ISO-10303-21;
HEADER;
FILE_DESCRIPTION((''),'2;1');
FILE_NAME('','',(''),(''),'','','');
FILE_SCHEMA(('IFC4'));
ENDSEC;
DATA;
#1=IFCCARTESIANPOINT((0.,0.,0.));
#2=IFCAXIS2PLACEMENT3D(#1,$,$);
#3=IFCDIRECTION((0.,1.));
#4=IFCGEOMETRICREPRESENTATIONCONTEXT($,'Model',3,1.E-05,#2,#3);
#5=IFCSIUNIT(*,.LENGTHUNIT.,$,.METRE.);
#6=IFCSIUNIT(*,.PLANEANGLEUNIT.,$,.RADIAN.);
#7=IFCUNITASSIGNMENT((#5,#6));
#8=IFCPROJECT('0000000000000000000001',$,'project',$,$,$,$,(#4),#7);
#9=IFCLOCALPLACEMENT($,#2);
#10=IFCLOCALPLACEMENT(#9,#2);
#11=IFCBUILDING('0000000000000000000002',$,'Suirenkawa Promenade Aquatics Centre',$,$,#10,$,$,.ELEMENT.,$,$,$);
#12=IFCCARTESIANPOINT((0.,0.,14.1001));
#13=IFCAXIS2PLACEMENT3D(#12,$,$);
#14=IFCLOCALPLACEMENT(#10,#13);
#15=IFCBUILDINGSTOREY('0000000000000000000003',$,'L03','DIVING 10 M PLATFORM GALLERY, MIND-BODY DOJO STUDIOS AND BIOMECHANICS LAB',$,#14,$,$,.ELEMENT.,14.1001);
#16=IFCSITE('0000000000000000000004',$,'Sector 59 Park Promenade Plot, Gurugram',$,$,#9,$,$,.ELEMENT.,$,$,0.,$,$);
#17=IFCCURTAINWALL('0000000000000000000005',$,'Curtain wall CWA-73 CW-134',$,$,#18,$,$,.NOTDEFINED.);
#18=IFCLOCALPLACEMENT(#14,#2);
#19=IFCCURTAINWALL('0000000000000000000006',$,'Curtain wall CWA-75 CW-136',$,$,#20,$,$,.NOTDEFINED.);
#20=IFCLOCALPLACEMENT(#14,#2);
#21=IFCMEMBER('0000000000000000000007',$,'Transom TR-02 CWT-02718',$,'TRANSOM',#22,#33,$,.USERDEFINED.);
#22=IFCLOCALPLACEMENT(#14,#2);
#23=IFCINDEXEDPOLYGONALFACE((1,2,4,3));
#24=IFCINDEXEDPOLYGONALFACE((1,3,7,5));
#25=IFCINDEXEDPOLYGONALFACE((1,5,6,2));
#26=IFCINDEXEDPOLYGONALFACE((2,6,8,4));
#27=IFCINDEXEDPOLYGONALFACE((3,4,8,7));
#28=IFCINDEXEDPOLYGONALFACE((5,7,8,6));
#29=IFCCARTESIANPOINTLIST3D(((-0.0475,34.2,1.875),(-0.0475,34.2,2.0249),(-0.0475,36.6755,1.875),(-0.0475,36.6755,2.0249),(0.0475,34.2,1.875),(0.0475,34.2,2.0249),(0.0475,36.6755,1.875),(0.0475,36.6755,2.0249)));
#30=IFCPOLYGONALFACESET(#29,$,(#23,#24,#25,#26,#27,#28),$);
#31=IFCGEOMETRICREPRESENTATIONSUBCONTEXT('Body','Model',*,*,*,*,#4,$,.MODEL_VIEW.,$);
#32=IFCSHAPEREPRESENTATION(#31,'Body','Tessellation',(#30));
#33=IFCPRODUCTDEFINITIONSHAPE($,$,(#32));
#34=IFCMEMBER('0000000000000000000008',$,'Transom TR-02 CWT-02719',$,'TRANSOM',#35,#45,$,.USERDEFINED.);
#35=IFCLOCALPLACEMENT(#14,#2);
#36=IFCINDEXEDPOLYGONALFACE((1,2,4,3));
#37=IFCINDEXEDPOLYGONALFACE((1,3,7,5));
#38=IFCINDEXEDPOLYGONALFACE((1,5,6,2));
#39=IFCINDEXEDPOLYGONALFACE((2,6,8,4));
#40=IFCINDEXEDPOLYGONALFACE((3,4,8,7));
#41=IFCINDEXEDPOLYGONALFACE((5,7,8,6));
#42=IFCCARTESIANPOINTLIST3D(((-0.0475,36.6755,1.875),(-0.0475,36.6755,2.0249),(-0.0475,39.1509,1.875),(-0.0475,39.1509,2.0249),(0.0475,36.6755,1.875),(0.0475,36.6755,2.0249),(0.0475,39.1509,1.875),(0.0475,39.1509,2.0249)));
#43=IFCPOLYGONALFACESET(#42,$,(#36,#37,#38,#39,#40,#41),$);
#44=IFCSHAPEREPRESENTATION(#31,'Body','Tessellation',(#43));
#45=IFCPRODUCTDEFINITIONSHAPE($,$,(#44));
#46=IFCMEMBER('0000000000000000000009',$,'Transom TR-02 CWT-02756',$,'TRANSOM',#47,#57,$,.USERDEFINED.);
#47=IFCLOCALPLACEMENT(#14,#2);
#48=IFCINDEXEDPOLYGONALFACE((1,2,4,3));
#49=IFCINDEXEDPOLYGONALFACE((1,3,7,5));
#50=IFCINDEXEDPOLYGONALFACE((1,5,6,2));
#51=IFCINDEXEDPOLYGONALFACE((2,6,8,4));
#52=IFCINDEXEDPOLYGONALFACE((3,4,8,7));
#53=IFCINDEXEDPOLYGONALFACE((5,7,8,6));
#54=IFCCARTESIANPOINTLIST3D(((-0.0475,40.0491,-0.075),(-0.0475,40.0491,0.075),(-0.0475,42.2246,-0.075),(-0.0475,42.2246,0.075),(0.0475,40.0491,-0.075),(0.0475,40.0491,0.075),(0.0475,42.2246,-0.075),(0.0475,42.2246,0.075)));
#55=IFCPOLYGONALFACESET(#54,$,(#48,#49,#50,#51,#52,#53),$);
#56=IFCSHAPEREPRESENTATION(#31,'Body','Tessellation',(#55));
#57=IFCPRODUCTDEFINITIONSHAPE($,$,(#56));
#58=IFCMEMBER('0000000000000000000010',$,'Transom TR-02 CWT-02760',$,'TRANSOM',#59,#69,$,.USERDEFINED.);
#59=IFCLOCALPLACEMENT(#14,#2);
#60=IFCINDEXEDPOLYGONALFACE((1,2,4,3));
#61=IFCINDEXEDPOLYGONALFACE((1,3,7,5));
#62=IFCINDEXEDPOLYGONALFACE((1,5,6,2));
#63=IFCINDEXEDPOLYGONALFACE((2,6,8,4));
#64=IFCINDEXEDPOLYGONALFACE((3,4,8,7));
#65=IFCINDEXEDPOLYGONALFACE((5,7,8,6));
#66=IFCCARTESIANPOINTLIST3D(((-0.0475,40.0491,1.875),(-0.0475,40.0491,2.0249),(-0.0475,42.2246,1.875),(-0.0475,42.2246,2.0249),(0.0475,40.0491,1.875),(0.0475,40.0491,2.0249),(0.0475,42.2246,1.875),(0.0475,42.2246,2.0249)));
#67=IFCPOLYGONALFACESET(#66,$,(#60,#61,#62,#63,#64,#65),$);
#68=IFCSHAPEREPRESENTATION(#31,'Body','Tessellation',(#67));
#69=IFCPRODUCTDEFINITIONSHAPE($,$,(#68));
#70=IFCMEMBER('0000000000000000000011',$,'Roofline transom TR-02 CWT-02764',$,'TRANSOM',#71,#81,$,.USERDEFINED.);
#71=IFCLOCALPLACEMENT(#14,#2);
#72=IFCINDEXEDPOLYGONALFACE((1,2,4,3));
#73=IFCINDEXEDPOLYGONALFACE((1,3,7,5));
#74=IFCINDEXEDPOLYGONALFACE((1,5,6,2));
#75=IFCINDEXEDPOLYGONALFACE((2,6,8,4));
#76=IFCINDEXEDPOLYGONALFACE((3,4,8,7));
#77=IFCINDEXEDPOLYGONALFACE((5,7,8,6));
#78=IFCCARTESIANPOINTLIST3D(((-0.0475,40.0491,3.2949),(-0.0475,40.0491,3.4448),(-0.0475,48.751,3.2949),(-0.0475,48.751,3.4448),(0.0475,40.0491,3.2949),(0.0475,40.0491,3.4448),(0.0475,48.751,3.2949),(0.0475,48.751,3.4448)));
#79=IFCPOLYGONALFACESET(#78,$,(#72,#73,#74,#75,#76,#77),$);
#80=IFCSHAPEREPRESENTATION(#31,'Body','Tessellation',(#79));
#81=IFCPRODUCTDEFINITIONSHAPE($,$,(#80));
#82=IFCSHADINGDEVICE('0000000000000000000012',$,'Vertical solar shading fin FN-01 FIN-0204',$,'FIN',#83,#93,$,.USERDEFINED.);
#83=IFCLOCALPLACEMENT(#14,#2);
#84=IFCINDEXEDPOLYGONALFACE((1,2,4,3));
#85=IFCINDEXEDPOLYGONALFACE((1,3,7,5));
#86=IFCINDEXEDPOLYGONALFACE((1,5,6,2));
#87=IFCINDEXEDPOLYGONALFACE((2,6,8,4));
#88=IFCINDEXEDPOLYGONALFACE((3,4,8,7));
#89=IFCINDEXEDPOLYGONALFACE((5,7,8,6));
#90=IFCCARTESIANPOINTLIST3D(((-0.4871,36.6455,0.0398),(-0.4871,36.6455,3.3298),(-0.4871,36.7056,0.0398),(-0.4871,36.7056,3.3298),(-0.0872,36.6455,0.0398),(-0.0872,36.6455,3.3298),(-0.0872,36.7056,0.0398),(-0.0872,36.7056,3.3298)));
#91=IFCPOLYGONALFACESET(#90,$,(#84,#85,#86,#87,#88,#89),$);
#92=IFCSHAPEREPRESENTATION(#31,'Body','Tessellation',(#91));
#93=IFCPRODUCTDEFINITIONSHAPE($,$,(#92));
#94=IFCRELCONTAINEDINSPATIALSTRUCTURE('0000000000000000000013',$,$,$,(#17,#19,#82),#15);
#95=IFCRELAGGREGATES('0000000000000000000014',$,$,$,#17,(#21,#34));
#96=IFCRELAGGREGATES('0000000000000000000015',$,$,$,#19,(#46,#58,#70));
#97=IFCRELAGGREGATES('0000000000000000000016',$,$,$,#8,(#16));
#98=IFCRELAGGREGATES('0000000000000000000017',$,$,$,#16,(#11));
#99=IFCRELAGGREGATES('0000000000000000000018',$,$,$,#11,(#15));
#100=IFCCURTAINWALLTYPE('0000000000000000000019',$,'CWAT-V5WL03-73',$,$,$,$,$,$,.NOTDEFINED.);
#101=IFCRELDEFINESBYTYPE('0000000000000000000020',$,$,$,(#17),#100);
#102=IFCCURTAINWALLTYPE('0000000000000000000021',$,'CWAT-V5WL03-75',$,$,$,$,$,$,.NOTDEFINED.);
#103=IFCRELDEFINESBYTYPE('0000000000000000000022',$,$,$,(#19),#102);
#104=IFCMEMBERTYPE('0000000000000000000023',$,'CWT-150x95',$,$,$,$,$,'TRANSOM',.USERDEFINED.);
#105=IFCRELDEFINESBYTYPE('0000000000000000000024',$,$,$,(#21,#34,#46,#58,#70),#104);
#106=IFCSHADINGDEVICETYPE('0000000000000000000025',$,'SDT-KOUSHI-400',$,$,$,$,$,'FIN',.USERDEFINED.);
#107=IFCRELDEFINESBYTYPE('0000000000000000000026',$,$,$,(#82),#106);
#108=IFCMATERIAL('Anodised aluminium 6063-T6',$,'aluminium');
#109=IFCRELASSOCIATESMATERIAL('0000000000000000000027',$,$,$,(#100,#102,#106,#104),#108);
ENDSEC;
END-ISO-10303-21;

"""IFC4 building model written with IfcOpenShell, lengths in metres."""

from ifc_helpers import new_model, si_unit, direction, frame, origin, origin_2d, place, context, subcontext, project, spatial, rectangle, extrude, material, material_profile, profile_set, type_object, element, aggregate, save


model = new_model("IFC4")

# Units and contexts
model_context = context("Model", 3, precision=1e-05, world=origin(), true_north=direction((0.0, 1.0)))
body_context = subcontext(model_context, "Body", "Model", "MODEL_VIEW")
ifc_project = project(units=[si_unit("LENGTHUNIT", "METRE"), si_unit("PLANEANGLEUNIT", "RADIAN")], contexts=[model_context])

# Site, building, storey
site_placement = place(None, origin())
site = spatial("IfcSite", under=ifc_project, at=site_placement, Name="Sector 59 Park Promenade Plot, Gurugram", CompositionType="ELEMENT", RefElevation=0.0)
building_placement = place(site_placement, origin())
building = spatial("IfcBuilding", under=site, at=building_placement, Name="Suirenkawa Promenade Aquatics Centre", CompositionType="ELEMENT")
storey_placement = place(building_placement, frame((0.0, 0.0, 14.1001)))
storey = spatial("IfcBuildingStorey", under=building, at=storey_placement, Name="L03", Description="DIVING 10 M PLATFORM GALLERY, MIND-BODY DOJO STUDIOS AND BIOMECHANICS LAB", CompositionType="ELEMENT", Elevation=14.1001)

# Curtain wall
ifc_material_1 = material(Name="Anodised aluminium 6063-T6", Category="aluminium")
curtain_wall_type_1 = type_object("IfcCurtainWallType", Name="CWAT-V5WL03-73", PredefinedType="NOTDEFINED", material=ifc_material_1)
curtain_wall_1_placement = place(storey_placement, origin())
curtain_wall_1 = element("IfcCurtainWall", 1, at=curtain_wall_1_placement, inside=storey, type_object=curtain_wall_type_1, Name="Curtain wall CWA-73 CW-134", PredefinedType="NOTDEFINED")

# Curtain wall
curtain_wall_type_2 = type_object("IfcCurtainWallType", Name="CWAT-V5WL03-75", PredefinedType="NOTDEFINED", material=ifc_material_1)
curtain_wall_2_placement = place(storey_placement, origin())
curtain_wall_2 = element("IfcCurtainWall", 2, at=curtain_wall_2_placement, inside=storey, type_object=curtain_wall_type_2, Name="Curtain wall CWA-75 CW-136", PredefinedType="NOTDEFINED")

# Members
ifc_material_profile_1 = material_profile(ifc_material_1, rectangle(XDim=0.095, YDim=0.1499, at=origin_2d()), Name="ALU TRAN 95x150", Category="aluminium")
ifc_profile_set_1 = profile_set([ifc_material_profile_1], Name="Anodised aluminium 6063-T6")
member_type_1 = type_object("IfcMemberType", Name="CWT-150x95", ElementType="TRANSOM", PredefinedType="USERDEFINED", material=ifc_profile_set_1)
member_1_placement = place(storey_placement, frame((0.0, 34.2, 1.95), z_axis=(0.0, 1.0, 0.0), x_axis=(-1.0, 0.0, 0.0)))
member_1 = element("IfcMember", 3, at=member_1_placement, type_object=member_type_1, Name="Transom TR-02 CWT-02718", ObjectType="TRANSOM", PredefinedType="USERDEFINED", context=body_context, shape_type="SweptSolid", body=[
    extrude(rectangle(XDim=0.095, YDim=0.1499, at=origin_2d()), origin(), (0.0, 0.0, 1.0), 2.4756),
])
member_2_placement = place(storey_placement, frame((0.0, 36.6755, 1.95), z_axis=(0.0, 1.0, 0.0), x_axis=(-1.0, 0.0, 0.0)))
member_2 = element("IfcMember", 4, at=member_2_placement, type_object=member_type_1, Name="Transom TR-02 CWT-02719", ObjectType="TRANSOM", PredefinedType="USERDEFINED", context=body_context, shape_type="SweptSolid", body=[
    extrude(rectangle(XDim=0.095, YDim=0.1499, at=origin_2d()), origin(), (0.0, 0.0, 1.0), 2.4753),
])
member_3_placement = place(storey_placement, frame((0.0, 40.0491, 0.0), z_axis=(0.0, 1.0, 0.0), x_axis=(-1.0, 0.0, 0.0)))
member_3 = element("IfcMember", 5, at=member_3_placement, type_object=member_type_1, Name="Transom TR-02 CWT-02756", ObjectType="TRANSOM", PredefinedType="USERDEFINED", context=body_context, shape_type="SweptSolid", body=[
    extrude(rectangle(XDim=0.095, YDim=0.1499, at=origin_2d()), origin(), (0.0, 0.0, 1.0), 2.1755),
])
member_4_placement = place(storey_placement, frame((0.0, 40.0491, 1.95), z_axis=(0.0, 1.0, 0.0), x_axis=(-1.0, 0.0, 0.0)))
member_4 = element("IfcMember", 6, at=member_4_placement, type_object=member_type_1, Name="Transom TR-02 CWT-02760", ObjectType="TRANSOM", PredefinedType="USERDEFINED", context=body_context, shape_type="SweptSolid", body=[
    extrude(rectangle(XDim=0.095, YDim=0.1499, at=origin_2d()), origin(), (0.0, 0.0, 1.0), 2.1755),
])
member_5_placement = place(storey_placement, frame((0.0, 40.0491, 3.3699), z_axis=(0.0, 1.0, 0.0), x_axis=(-1.0, 0.0, 0.0)))
member_5 = element("IfcMember", 7, at=member_5_placement, type_object=member_type_1, Name="Roofline transom TR-02 CWT-02764", ObjectType="TRANSOM", PredefinedType="USERDEFINED", context=body_context, shape_type="SweptSolid", body=[
    extrude(rectangle(XDim=0.095, YDim=0.1499, at=origin_2d()), origin(), (0.0, 0.0, 1.0), 8.7019),
])

aggregate(curtain_wall_1, [member_1, member_2])
aggregate(curtain_wall_2, [member_3, member_4, member_5])

# Shading device
shading_device_type = type_object("IfcShadingDeviceType", Name="SDT-KOUSHI-400", ElementType="FIN", PredefinedType="USERDEFINED", material=ifc_material_1)
shading_device_placement = place(storey_placement, frame((-0.2871, 36.6755, 0.0398), z_axis=(0.0, 0.0, 1.0), x_axis=(-1.0, 0.0, 0.0)))
element("IfcShadingDevice", 8, at=shading_device_placement, inside=storey, type_object=shading_device_type, Name="Vertical solar shading fin FN-01 FIN-0204", ObjectType="FIN", PredefinedType="USERDEFINED", context=body_context, shape_type="SweptSolid", body=[
    extrude(rectangle(XDim=0.3999, YDim=0.0601, at=origin_2d()), origin(), (0.0, 0.0, 1.0), 3.29),
])

save(model, "model.ifc")
